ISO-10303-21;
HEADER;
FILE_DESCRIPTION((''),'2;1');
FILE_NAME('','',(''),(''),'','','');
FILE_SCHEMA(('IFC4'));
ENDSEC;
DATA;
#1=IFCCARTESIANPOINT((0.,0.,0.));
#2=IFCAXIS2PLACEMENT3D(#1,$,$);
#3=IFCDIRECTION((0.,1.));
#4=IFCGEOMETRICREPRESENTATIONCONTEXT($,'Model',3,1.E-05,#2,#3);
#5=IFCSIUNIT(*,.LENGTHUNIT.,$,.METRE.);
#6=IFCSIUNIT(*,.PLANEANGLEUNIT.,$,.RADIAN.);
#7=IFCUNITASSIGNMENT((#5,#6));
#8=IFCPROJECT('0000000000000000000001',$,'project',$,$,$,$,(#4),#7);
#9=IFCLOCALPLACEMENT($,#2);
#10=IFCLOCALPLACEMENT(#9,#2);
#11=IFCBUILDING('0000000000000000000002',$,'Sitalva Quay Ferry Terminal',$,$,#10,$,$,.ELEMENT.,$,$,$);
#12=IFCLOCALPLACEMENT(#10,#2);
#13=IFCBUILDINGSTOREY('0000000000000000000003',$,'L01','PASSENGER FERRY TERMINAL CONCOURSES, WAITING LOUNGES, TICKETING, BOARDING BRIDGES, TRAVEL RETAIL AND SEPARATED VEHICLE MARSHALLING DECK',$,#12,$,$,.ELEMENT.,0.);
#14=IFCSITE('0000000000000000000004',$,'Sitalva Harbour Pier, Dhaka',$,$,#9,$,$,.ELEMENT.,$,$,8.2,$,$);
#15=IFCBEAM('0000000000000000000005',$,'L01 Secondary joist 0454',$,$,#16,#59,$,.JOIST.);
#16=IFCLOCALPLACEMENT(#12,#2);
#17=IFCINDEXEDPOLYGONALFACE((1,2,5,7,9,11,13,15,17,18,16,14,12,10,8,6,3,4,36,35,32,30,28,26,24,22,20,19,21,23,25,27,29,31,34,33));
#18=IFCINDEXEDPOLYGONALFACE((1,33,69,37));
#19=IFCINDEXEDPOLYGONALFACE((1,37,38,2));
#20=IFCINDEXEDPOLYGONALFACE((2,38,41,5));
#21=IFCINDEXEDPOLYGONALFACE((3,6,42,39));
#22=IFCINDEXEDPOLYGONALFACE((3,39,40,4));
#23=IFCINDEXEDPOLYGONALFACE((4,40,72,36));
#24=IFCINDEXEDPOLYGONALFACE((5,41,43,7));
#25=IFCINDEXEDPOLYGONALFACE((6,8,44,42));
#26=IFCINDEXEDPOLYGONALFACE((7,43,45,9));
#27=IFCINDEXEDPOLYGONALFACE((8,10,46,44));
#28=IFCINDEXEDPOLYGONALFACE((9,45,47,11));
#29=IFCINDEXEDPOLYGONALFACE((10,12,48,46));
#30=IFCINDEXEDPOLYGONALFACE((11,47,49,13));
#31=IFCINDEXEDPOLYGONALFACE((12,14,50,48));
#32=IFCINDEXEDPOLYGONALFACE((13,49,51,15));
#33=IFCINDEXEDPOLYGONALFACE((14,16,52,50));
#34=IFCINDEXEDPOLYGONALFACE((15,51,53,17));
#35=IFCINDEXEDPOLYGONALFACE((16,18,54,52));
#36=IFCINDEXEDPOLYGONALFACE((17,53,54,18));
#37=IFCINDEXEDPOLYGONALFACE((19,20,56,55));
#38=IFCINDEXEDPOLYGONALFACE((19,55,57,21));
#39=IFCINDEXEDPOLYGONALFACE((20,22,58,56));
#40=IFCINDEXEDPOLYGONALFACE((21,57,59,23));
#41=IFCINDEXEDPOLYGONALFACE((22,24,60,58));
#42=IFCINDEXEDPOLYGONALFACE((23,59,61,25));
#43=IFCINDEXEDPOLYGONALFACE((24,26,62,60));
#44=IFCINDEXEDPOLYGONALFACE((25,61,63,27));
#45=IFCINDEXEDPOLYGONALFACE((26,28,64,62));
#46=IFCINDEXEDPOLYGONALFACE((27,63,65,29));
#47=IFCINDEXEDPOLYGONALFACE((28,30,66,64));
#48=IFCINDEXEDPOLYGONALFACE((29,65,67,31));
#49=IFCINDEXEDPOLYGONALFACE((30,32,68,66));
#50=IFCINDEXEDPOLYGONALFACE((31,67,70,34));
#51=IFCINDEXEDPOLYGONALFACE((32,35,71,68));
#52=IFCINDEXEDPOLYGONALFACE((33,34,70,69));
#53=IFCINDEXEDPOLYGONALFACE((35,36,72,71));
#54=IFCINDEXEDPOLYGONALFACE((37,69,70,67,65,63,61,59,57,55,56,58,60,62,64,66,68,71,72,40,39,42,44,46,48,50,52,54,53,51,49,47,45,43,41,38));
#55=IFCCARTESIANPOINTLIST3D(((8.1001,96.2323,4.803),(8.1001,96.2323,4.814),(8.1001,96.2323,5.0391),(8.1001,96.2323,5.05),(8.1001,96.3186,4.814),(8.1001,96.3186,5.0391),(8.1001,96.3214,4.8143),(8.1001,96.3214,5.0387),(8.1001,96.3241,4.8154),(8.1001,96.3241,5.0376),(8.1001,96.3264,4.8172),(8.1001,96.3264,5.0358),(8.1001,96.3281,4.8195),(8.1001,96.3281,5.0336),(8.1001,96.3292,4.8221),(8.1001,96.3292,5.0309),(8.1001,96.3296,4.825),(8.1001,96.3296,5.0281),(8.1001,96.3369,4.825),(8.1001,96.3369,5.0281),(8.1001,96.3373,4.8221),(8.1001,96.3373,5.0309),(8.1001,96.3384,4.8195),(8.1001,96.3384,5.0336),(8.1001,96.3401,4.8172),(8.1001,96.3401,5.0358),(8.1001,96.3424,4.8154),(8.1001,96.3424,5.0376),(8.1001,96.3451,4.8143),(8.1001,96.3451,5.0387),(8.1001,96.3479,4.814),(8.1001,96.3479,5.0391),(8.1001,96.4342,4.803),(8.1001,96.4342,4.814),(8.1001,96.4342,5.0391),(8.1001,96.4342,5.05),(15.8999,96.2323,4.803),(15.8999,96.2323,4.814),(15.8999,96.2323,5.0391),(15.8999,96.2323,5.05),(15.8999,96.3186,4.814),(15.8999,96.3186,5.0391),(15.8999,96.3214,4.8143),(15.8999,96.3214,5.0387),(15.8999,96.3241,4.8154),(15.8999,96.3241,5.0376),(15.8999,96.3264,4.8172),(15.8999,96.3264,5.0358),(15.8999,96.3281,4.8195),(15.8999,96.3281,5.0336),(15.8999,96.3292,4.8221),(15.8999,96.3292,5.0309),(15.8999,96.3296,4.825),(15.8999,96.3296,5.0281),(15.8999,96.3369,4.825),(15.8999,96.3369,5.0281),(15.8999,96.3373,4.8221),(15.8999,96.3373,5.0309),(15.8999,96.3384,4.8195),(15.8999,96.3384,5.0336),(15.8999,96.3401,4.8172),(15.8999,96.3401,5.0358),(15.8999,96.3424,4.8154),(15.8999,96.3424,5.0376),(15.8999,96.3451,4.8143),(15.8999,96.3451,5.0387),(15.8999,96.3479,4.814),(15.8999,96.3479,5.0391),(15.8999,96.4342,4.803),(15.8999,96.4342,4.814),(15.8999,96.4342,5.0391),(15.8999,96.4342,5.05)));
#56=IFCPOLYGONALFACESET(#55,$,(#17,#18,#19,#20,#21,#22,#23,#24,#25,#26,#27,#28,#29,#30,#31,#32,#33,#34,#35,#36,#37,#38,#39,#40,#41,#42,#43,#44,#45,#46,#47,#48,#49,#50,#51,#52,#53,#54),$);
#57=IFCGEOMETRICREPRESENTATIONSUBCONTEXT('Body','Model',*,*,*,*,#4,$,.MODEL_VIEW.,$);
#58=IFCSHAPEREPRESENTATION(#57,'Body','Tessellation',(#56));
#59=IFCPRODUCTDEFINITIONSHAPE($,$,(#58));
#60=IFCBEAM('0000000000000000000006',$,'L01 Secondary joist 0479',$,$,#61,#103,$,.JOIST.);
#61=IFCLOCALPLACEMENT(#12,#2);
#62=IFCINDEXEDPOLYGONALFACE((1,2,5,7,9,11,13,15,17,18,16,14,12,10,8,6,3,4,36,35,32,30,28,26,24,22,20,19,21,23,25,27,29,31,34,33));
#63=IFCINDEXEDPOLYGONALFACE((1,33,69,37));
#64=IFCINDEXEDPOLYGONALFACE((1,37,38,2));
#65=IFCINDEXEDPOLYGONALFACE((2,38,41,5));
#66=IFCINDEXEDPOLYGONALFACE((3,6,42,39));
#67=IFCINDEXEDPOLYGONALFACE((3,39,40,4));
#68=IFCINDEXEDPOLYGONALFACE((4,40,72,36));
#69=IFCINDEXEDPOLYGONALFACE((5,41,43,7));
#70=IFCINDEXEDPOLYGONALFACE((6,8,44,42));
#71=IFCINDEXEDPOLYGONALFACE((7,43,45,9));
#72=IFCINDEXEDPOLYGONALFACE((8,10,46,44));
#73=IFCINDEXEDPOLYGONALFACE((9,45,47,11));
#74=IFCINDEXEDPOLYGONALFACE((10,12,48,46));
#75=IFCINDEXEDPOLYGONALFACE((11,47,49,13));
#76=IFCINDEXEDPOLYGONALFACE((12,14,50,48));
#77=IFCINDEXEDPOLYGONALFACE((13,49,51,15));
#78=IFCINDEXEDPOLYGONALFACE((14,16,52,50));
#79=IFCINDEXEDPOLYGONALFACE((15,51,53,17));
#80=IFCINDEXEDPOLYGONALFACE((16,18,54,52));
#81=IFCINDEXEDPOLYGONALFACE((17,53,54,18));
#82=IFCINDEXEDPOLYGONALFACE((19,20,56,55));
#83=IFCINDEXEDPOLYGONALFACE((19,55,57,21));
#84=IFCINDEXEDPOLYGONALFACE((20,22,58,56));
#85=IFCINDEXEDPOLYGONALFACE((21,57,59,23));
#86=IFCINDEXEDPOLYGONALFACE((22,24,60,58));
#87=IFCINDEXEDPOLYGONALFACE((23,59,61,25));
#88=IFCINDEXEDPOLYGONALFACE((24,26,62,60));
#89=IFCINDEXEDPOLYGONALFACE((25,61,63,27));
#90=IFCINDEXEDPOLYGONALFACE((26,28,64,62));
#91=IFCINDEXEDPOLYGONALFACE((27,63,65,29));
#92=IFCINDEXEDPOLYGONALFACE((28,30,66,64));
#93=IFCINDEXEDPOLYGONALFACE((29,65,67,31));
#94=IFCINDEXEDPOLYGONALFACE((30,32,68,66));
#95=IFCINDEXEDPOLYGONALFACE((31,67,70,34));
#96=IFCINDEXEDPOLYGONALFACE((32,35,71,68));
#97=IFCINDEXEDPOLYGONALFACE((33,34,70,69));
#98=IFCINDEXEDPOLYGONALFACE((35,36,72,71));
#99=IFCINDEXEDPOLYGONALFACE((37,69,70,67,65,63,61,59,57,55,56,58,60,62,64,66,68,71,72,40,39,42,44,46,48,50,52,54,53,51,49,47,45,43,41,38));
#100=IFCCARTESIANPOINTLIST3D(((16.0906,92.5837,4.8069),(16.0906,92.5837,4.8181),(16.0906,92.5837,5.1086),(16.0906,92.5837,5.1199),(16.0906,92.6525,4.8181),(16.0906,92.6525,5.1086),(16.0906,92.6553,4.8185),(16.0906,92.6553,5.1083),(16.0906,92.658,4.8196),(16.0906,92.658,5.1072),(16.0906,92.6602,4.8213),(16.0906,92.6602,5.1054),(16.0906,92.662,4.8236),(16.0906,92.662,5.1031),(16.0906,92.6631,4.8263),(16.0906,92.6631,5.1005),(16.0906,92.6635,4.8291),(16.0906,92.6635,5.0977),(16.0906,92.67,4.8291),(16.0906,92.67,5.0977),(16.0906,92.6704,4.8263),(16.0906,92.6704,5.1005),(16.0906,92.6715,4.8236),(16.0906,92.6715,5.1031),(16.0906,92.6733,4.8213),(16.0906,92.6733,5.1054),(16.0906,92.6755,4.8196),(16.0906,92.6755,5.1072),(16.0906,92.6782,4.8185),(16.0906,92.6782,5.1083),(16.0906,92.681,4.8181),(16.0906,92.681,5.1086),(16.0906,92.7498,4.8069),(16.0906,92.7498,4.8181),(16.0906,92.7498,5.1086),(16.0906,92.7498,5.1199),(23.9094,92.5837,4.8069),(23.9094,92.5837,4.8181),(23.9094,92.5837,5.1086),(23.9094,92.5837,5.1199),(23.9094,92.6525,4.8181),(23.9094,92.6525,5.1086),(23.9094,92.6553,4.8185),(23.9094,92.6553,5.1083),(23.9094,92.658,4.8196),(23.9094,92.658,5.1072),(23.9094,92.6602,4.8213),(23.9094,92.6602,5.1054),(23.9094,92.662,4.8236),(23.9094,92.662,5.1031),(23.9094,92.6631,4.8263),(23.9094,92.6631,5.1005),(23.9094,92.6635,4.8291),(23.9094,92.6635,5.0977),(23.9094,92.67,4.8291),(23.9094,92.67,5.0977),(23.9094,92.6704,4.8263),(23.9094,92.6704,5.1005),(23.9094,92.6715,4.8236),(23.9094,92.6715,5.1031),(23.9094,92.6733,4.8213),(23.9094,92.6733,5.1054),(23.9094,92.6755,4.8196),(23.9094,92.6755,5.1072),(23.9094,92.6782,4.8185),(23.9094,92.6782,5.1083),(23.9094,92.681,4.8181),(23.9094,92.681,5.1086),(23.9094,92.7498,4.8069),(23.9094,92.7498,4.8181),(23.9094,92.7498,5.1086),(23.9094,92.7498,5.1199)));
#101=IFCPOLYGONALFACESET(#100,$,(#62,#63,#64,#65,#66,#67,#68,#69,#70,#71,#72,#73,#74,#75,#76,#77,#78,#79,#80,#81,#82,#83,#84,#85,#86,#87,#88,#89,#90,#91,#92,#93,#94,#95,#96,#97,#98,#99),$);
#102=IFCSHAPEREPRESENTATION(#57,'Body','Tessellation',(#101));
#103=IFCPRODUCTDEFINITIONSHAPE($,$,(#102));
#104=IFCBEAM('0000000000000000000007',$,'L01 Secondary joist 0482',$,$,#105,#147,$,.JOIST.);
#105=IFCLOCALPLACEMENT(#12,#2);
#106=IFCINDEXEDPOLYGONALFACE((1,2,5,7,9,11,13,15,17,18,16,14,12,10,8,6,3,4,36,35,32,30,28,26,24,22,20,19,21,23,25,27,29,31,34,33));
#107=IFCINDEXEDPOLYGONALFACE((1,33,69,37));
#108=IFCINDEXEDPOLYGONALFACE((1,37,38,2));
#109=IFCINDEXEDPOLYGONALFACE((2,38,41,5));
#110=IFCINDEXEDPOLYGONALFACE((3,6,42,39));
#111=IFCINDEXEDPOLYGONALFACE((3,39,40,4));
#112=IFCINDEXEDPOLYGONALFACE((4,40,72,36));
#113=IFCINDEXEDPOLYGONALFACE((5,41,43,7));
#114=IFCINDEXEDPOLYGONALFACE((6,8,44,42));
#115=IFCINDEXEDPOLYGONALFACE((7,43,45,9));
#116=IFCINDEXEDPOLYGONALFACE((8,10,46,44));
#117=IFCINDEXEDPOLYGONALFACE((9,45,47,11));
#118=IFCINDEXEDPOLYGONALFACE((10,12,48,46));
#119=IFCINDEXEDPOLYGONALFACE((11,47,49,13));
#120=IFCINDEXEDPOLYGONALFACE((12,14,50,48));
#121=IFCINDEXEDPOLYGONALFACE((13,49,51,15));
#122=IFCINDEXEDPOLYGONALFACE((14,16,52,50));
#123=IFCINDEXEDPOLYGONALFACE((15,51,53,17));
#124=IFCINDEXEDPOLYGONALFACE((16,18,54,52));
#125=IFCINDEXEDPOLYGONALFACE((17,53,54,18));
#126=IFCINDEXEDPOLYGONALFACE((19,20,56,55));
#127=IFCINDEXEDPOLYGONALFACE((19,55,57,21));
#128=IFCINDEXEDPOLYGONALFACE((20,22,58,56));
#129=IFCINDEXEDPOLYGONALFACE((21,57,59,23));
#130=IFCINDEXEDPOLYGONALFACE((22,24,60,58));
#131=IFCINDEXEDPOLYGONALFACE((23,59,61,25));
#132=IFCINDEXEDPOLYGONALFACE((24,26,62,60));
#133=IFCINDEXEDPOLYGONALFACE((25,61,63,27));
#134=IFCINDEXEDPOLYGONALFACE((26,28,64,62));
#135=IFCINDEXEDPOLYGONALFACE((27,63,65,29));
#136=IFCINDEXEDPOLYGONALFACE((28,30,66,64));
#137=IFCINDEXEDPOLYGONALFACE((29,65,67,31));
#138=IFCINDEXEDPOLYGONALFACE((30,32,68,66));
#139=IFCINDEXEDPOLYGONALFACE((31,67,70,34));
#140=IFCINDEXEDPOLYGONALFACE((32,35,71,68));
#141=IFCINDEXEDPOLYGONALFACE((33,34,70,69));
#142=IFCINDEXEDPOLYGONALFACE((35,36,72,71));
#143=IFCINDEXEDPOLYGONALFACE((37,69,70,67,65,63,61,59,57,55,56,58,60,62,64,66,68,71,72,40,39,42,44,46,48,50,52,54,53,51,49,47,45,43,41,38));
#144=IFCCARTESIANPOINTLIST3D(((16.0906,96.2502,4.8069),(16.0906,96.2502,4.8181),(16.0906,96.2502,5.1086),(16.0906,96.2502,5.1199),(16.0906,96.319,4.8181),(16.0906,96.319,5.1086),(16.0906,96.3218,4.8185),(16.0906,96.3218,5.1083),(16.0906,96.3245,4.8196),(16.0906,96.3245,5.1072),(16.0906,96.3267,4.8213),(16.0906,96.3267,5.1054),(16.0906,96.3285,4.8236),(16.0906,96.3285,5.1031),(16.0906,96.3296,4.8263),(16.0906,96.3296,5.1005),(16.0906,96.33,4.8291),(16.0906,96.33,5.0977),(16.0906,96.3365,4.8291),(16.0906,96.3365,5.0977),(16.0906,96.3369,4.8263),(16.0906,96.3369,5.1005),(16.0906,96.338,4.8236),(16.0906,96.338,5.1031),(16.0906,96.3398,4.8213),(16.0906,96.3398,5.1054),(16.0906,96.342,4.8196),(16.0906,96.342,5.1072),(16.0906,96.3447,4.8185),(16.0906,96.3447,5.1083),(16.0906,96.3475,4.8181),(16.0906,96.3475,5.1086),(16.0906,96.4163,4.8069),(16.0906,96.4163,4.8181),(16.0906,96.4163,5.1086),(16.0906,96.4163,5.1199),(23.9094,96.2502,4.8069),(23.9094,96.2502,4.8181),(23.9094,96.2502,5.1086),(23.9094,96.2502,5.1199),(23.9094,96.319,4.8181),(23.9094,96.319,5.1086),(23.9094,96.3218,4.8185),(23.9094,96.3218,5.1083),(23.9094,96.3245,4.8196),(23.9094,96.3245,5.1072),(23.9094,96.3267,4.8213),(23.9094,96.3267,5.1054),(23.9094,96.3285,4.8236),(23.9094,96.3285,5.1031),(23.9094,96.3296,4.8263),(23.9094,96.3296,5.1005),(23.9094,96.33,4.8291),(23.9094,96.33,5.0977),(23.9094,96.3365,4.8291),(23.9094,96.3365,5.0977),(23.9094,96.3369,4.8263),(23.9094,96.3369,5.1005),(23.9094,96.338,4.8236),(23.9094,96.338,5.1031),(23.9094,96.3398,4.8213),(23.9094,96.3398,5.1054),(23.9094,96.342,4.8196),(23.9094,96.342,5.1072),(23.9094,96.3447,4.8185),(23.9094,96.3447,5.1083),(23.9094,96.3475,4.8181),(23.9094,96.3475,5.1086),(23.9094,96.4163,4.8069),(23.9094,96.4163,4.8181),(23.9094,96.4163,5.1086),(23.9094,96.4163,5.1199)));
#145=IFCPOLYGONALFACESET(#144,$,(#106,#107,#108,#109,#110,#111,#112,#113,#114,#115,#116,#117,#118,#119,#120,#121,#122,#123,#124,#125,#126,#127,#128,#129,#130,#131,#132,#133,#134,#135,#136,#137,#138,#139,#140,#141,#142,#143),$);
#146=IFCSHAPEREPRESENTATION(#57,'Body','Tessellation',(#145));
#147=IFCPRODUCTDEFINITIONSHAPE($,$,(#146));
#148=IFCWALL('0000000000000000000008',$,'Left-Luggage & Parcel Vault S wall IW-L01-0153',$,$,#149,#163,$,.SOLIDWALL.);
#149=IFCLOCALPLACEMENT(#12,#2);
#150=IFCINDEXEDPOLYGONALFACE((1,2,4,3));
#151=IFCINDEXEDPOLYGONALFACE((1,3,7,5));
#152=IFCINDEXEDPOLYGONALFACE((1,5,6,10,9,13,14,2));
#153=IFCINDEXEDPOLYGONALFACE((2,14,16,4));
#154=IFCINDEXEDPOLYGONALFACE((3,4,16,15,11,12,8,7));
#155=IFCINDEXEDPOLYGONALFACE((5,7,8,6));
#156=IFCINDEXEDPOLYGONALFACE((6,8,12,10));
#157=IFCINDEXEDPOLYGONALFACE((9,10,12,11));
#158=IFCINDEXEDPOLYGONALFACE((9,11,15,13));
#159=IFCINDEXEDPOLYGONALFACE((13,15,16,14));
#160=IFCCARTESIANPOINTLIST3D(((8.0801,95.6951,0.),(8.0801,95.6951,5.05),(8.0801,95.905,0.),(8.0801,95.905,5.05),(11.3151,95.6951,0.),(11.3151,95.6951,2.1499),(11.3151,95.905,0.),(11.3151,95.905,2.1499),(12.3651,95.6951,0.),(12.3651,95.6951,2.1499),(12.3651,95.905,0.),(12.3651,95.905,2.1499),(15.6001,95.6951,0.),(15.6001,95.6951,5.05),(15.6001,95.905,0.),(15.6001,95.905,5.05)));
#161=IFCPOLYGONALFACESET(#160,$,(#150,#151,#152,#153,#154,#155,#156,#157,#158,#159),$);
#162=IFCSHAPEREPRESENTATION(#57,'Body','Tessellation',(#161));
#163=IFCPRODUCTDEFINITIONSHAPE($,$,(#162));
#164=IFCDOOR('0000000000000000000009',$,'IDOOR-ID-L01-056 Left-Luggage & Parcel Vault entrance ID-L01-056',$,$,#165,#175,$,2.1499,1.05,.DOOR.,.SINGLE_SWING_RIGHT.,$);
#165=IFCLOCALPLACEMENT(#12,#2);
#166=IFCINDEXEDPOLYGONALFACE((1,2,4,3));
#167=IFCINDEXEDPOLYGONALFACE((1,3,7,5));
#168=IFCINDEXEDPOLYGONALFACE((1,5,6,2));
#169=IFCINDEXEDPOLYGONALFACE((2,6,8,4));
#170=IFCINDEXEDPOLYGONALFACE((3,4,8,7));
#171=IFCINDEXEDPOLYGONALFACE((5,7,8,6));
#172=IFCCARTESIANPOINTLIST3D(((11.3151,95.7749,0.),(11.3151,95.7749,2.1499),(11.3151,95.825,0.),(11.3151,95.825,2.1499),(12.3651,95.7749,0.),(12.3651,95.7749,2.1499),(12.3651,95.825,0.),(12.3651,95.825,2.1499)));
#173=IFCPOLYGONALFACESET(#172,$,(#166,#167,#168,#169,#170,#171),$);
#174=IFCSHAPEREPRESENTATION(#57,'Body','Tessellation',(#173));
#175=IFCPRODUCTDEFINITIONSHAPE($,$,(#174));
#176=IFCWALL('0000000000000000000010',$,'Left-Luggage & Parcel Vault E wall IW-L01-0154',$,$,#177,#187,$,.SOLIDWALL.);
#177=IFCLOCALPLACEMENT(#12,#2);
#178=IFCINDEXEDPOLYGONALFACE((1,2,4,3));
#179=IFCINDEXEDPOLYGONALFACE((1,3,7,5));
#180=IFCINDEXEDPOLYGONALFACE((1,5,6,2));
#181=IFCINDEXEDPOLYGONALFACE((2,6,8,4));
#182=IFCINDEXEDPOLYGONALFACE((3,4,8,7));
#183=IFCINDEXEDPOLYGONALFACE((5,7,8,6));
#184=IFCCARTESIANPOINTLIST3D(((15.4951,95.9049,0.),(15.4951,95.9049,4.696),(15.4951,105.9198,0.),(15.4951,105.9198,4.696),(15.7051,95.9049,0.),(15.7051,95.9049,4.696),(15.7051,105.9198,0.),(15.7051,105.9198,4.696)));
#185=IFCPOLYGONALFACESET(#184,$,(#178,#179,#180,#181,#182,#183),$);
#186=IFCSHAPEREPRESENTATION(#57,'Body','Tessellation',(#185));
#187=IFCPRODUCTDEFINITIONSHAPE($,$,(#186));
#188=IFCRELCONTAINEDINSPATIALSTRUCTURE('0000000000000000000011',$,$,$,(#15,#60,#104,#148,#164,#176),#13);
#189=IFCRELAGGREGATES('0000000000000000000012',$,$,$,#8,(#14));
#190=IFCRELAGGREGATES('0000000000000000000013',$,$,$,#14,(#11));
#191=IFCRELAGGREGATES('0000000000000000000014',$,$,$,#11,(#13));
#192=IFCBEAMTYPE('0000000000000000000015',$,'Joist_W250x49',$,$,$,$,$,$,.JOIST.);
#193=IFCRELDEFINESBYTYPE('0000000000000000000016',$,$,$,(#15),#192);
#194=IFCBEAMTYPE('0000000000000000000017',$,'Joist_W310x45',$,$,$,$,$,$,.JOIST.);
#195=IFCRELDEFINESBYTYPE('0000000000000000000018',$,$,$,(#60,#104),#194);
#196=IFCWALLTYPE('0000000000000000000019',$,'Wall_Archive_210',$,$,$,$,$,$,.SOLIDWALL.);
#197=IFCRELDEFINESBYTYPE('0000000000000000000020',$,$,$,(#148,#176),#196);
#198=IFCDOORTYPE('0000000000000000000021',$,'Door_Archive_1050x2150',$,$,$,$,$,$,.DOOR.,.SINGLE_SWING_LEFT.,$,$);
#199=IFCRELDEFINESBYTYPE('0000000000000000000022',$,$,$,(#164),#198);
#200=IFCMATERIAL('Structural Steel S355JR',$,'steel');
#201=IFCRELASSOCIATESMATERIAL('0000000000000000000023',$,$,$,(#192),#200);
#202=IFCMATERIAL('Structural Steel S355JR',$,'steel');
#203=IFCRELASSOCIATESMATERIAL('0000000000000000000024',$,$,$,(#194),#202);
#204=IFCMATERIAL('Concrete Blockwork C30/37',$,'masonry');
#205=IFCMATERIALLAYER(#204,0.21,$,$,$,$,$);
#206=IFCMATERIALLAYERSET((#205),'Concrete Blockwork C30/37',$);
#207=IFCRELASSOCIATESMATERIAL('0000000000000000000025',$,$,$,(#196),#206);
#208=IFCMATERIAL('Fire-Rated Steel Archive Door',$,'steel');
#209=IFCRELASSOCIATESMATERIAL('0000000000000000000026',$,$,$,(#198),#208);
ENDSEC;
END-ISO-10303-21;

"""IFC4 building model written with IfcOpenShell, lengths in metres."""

from ifc_helpers import new_model, si_unit, direction, frame, frame_2d, origin, origin_2d, place, context, subcontext, project, spatial, rectangle, i_section, extrude, material, layer, layer_set, material_profile, profile_set, type_object, element, fill, save


model = new_model("IFC4")

# Units and contexts
model_context = context("Model", 3, precision=1e-05, world=origin(), true_north=direction((0.0, 1.0)))
body_context = subcontext(model_context, "Body", "Model", "MODEL_VIEW")
ifc_project = project(units=[si_unit("LENGTHUNIT", "METRE"), si_unit("PLANEANGLEUNIT", "RADIAN")], contexts=[model_context])

# Site, building, storey
site_placement = place(None, origin())
site = spatial("IfcSite", under=ifc_project, at=site_placement, Name="Sitalva Harbour Pier, Dhaka", CompositionType="ELEMENT", RefElevation=8.2)
building_placement = place(site_placement, origin())
building = spatial("IfcBuilding", under=site, at=building_placement, Name="Sitalva Quay Ferry Terminal", CompositionType="ELEMENT")
storey_placement = place(building_placement, origin())
storey = spatial("IfcBuildingStorey", under=building, at=storey_placement, Name="L01", Description="PASSENGER FERRY TERMINAL CONCOURSES, WAITING LOUNGES, TICKETING, BOARDING BRIDGES, TRAVEL RETAIL AND SEPARATED VEHICLE MARSHALLING DECK", CompositionType="ELEMENT", Elevation=0.0)

# Beams
ifc_material_1 = material(Name="Structural Steel S355JR", Category="steel")
ifc_material_profile_1 = material_profile(ifc_material_1, i_section(OverallWidth=0.2019, OverallDepth=0.2471, WebThickness=0.0073, FlangeThickness=0.011, FilletRadius=0.011, at=origin_2d()), Name="W250x49")
ifc_profile_set_1 = profile_set([ifc_material_profile_1], Name="Structural Steel S355JR")
beam_type_1 = type_object("IfcBeamType", Name="Joist_W250x49", PredefinedType="JOIST", material=ifc_profile_set_1)
for number, where, z_axis, x_axis, name in (
    (1, (8.1001, 96.3333, 4.9265), (1.0, 0.0, 0.0), (0.0, 1.0, 0.0), "L01 Secondary joist 0454"),
):
    element("IfcBeam", number, at=place(storey_placement, frame(where, z_axis=z_axis, x_axis=x_axis)), inside=storey, type_object=beam_type_1, Name=name, PredefinedType="JOIST", context=body_context, shape_type="SweptSolid", body=[
        extrude(i_section(OverallWidth=0.2019, OverallDepth=0.2471, WebThickness=0.0073, FlangeThickness=0.011, FilletRadius=0.011, at=origin_2d()), origin(), (0.0, 0.0, 1.0), 7.7998),
    ])
ifc_material_2 = material(Name="Structural Steel S355JR", Category="steel")
ifc_material_profile_2 = material_profile(ifc_material_2, i_section(OverallWidth=0.166, OverallDepth=0.313, WebThickness=0.0066, FlangeThickness=0.0112, FilletRadius=0.011, at=origin_2d()), Name="W310x45")
ifc_profile_set_2 = profile_set([ifc_material_profile_2], Name="Structural Steel S355JR")
beam_type_2 = type_object("IfcBeamType", Name="Joist_W310x45", PredefinedType="JOIST", material=ifc_profile_set_2)
for number, where, z_axis, x_axis, name in (
    (2, (16.0906, 92.6667, 4.9634), (1.0, 0.0, 0.0), (0.0, 1.0, 0.0), "L01 Secondary joist 0479"),
    (3, (16.0906, 96.3333, 4.9634), (1.0, 0.0, 0.0), (0.0, 1.0, 0.0), "L01 Secondary joist 0482"),
):
    element("IfcBeam", number, at=place(storey_placement, frame(where, z_axis=z_axis, x_axis=x_axis)), inside=storey, type_object=beam_type_2, Name=name, PredefinedType="JOIST", context=body_context, shape_type="SweptSolid", body=[
        extrude(i_section(OverallWidth=0.166, OverallDepth=0.313, WebThickness=0.0066, FlangeThickness=0.0112, FilletRadius=0.011, at=origin_2d()), origin(), (0.0, 0.0, 1.0), 7.8188),
    ])

# Wall, opening, door
ifc_material_3 = material(Name="Concrete Blockwork C30/37", Category="masonry")
ifc_layer_1 = layer(ifc_material_3, 0.21)
ifc_layer_set_1 = layer_set([ifc_layer_1], Name="Concrete Blockwork C30/37")
wall_type_1 = type_object("IfcWallType", Name="Wall_Archive_210", PredefinedType="SOLIDWALL", material=ifc_layer_set_1)
wall_1_placement = place(storey_placement, frame((8.0801, 95.8, 0.0), z_axis=(0.0, 0.0, 1.0), x_axis=(1.0, 0.0, 0.0)))
wall_1 = element("IfcWall", 4, at=wall_1_placement, inside=storey, type_object=wall_type_1, Name="Left-Luggage & Parcel Vault S wall IW-L01-0153", PredefinedType="SOLIDWALL", context=body_context, shape_type="SweptSolid", body=[
    extrude(rectangle(XDim=7.52, YDim=0.21, at=frame_2d((3.76, 0.0))), origin(), (0.0, 0.0, 1.0), 5.05),
])
opening_1_placement = place(wall_1_placement, frame((3.2351, 0.0, 0.0)))
opening_1 = element("IfcOpeningElement", 5, at=opening_1_placement, cuts=wall_1, PredefinedType="OPENING", context=body_context, shape_type="SweptSolid", body=[
    extrude(rectangle(XDim=1.05, YDim=2.1499, at=frame_2d((0.5249, 1.075))), frame((0.0, 0.115, 0.0), z_axis=(0.0, -1.0, 0.0), x_axis=(1.0, 0.0, 0.0)), (0.0, 0.0, 1.0), 0.23),
])
ifc_material_4 = material(Name="Fire-Rated Steel Archive Door", Category="steel")
door_type_1 = type_object("IfcDoorType", Name="Door_Archive_1050x2150", OperationType="SINGLE_SWING_LEFT", PredefinedType="DOOR", material=ifc_material_4)
door_1_placement = place(opening_1_placement, origin())
door_1 = element("IfcDoor", 6, at=door_1_placement, inside=storey, type_object=door_type_1, Name="IDOOR-ID-L01-056 Left-Luggage & Parcel Vault entrance ID-L01-056", OperationType="SINGLE_SWING_RIGHT", OverallHeight=2.1499, OverallWidth=1.05, PredefinedType="DOOR", context=body_context, shape_type="SweptSolid", body=[
    extrude(rectangle(XDim=1.05, YDim=2.1499, at=frame_2d((0.5249, 1.075))), frame((0.0, 0.0249, 0.0), z_axis=(0.0, -1.0, 0.0), x_axis=(1.0, 0.0, 0.0)), (0.0, 0.0, 1.0), 0.05),
])
fill(opening_1, door_1)

# Wall
wall_2_placement = place(storey_placement, frame((15.6001, 95.905, 0.0), z_axis=(0.0, 0.0, 1.0), x_axis=(0.0, 1.0, 0.0)))
element("IfcWall", 7, at=wall_2_placement, inside=storey, type_object=wall_type_1, Name="Left-Luggage & Parcel Vault E wall IW-L01-0154", PredefinedType="SOLIDWALL", context=body_context, shape_type="SweptSolid", body=[
    extrude(rectangle(XDim=10.0149, YDim=0.21, at=frame_2d((5.0073, 0.0))), origin(), (0.0, 0.0, 1.0), 4.696),
])

save(model, "model.ifc")
